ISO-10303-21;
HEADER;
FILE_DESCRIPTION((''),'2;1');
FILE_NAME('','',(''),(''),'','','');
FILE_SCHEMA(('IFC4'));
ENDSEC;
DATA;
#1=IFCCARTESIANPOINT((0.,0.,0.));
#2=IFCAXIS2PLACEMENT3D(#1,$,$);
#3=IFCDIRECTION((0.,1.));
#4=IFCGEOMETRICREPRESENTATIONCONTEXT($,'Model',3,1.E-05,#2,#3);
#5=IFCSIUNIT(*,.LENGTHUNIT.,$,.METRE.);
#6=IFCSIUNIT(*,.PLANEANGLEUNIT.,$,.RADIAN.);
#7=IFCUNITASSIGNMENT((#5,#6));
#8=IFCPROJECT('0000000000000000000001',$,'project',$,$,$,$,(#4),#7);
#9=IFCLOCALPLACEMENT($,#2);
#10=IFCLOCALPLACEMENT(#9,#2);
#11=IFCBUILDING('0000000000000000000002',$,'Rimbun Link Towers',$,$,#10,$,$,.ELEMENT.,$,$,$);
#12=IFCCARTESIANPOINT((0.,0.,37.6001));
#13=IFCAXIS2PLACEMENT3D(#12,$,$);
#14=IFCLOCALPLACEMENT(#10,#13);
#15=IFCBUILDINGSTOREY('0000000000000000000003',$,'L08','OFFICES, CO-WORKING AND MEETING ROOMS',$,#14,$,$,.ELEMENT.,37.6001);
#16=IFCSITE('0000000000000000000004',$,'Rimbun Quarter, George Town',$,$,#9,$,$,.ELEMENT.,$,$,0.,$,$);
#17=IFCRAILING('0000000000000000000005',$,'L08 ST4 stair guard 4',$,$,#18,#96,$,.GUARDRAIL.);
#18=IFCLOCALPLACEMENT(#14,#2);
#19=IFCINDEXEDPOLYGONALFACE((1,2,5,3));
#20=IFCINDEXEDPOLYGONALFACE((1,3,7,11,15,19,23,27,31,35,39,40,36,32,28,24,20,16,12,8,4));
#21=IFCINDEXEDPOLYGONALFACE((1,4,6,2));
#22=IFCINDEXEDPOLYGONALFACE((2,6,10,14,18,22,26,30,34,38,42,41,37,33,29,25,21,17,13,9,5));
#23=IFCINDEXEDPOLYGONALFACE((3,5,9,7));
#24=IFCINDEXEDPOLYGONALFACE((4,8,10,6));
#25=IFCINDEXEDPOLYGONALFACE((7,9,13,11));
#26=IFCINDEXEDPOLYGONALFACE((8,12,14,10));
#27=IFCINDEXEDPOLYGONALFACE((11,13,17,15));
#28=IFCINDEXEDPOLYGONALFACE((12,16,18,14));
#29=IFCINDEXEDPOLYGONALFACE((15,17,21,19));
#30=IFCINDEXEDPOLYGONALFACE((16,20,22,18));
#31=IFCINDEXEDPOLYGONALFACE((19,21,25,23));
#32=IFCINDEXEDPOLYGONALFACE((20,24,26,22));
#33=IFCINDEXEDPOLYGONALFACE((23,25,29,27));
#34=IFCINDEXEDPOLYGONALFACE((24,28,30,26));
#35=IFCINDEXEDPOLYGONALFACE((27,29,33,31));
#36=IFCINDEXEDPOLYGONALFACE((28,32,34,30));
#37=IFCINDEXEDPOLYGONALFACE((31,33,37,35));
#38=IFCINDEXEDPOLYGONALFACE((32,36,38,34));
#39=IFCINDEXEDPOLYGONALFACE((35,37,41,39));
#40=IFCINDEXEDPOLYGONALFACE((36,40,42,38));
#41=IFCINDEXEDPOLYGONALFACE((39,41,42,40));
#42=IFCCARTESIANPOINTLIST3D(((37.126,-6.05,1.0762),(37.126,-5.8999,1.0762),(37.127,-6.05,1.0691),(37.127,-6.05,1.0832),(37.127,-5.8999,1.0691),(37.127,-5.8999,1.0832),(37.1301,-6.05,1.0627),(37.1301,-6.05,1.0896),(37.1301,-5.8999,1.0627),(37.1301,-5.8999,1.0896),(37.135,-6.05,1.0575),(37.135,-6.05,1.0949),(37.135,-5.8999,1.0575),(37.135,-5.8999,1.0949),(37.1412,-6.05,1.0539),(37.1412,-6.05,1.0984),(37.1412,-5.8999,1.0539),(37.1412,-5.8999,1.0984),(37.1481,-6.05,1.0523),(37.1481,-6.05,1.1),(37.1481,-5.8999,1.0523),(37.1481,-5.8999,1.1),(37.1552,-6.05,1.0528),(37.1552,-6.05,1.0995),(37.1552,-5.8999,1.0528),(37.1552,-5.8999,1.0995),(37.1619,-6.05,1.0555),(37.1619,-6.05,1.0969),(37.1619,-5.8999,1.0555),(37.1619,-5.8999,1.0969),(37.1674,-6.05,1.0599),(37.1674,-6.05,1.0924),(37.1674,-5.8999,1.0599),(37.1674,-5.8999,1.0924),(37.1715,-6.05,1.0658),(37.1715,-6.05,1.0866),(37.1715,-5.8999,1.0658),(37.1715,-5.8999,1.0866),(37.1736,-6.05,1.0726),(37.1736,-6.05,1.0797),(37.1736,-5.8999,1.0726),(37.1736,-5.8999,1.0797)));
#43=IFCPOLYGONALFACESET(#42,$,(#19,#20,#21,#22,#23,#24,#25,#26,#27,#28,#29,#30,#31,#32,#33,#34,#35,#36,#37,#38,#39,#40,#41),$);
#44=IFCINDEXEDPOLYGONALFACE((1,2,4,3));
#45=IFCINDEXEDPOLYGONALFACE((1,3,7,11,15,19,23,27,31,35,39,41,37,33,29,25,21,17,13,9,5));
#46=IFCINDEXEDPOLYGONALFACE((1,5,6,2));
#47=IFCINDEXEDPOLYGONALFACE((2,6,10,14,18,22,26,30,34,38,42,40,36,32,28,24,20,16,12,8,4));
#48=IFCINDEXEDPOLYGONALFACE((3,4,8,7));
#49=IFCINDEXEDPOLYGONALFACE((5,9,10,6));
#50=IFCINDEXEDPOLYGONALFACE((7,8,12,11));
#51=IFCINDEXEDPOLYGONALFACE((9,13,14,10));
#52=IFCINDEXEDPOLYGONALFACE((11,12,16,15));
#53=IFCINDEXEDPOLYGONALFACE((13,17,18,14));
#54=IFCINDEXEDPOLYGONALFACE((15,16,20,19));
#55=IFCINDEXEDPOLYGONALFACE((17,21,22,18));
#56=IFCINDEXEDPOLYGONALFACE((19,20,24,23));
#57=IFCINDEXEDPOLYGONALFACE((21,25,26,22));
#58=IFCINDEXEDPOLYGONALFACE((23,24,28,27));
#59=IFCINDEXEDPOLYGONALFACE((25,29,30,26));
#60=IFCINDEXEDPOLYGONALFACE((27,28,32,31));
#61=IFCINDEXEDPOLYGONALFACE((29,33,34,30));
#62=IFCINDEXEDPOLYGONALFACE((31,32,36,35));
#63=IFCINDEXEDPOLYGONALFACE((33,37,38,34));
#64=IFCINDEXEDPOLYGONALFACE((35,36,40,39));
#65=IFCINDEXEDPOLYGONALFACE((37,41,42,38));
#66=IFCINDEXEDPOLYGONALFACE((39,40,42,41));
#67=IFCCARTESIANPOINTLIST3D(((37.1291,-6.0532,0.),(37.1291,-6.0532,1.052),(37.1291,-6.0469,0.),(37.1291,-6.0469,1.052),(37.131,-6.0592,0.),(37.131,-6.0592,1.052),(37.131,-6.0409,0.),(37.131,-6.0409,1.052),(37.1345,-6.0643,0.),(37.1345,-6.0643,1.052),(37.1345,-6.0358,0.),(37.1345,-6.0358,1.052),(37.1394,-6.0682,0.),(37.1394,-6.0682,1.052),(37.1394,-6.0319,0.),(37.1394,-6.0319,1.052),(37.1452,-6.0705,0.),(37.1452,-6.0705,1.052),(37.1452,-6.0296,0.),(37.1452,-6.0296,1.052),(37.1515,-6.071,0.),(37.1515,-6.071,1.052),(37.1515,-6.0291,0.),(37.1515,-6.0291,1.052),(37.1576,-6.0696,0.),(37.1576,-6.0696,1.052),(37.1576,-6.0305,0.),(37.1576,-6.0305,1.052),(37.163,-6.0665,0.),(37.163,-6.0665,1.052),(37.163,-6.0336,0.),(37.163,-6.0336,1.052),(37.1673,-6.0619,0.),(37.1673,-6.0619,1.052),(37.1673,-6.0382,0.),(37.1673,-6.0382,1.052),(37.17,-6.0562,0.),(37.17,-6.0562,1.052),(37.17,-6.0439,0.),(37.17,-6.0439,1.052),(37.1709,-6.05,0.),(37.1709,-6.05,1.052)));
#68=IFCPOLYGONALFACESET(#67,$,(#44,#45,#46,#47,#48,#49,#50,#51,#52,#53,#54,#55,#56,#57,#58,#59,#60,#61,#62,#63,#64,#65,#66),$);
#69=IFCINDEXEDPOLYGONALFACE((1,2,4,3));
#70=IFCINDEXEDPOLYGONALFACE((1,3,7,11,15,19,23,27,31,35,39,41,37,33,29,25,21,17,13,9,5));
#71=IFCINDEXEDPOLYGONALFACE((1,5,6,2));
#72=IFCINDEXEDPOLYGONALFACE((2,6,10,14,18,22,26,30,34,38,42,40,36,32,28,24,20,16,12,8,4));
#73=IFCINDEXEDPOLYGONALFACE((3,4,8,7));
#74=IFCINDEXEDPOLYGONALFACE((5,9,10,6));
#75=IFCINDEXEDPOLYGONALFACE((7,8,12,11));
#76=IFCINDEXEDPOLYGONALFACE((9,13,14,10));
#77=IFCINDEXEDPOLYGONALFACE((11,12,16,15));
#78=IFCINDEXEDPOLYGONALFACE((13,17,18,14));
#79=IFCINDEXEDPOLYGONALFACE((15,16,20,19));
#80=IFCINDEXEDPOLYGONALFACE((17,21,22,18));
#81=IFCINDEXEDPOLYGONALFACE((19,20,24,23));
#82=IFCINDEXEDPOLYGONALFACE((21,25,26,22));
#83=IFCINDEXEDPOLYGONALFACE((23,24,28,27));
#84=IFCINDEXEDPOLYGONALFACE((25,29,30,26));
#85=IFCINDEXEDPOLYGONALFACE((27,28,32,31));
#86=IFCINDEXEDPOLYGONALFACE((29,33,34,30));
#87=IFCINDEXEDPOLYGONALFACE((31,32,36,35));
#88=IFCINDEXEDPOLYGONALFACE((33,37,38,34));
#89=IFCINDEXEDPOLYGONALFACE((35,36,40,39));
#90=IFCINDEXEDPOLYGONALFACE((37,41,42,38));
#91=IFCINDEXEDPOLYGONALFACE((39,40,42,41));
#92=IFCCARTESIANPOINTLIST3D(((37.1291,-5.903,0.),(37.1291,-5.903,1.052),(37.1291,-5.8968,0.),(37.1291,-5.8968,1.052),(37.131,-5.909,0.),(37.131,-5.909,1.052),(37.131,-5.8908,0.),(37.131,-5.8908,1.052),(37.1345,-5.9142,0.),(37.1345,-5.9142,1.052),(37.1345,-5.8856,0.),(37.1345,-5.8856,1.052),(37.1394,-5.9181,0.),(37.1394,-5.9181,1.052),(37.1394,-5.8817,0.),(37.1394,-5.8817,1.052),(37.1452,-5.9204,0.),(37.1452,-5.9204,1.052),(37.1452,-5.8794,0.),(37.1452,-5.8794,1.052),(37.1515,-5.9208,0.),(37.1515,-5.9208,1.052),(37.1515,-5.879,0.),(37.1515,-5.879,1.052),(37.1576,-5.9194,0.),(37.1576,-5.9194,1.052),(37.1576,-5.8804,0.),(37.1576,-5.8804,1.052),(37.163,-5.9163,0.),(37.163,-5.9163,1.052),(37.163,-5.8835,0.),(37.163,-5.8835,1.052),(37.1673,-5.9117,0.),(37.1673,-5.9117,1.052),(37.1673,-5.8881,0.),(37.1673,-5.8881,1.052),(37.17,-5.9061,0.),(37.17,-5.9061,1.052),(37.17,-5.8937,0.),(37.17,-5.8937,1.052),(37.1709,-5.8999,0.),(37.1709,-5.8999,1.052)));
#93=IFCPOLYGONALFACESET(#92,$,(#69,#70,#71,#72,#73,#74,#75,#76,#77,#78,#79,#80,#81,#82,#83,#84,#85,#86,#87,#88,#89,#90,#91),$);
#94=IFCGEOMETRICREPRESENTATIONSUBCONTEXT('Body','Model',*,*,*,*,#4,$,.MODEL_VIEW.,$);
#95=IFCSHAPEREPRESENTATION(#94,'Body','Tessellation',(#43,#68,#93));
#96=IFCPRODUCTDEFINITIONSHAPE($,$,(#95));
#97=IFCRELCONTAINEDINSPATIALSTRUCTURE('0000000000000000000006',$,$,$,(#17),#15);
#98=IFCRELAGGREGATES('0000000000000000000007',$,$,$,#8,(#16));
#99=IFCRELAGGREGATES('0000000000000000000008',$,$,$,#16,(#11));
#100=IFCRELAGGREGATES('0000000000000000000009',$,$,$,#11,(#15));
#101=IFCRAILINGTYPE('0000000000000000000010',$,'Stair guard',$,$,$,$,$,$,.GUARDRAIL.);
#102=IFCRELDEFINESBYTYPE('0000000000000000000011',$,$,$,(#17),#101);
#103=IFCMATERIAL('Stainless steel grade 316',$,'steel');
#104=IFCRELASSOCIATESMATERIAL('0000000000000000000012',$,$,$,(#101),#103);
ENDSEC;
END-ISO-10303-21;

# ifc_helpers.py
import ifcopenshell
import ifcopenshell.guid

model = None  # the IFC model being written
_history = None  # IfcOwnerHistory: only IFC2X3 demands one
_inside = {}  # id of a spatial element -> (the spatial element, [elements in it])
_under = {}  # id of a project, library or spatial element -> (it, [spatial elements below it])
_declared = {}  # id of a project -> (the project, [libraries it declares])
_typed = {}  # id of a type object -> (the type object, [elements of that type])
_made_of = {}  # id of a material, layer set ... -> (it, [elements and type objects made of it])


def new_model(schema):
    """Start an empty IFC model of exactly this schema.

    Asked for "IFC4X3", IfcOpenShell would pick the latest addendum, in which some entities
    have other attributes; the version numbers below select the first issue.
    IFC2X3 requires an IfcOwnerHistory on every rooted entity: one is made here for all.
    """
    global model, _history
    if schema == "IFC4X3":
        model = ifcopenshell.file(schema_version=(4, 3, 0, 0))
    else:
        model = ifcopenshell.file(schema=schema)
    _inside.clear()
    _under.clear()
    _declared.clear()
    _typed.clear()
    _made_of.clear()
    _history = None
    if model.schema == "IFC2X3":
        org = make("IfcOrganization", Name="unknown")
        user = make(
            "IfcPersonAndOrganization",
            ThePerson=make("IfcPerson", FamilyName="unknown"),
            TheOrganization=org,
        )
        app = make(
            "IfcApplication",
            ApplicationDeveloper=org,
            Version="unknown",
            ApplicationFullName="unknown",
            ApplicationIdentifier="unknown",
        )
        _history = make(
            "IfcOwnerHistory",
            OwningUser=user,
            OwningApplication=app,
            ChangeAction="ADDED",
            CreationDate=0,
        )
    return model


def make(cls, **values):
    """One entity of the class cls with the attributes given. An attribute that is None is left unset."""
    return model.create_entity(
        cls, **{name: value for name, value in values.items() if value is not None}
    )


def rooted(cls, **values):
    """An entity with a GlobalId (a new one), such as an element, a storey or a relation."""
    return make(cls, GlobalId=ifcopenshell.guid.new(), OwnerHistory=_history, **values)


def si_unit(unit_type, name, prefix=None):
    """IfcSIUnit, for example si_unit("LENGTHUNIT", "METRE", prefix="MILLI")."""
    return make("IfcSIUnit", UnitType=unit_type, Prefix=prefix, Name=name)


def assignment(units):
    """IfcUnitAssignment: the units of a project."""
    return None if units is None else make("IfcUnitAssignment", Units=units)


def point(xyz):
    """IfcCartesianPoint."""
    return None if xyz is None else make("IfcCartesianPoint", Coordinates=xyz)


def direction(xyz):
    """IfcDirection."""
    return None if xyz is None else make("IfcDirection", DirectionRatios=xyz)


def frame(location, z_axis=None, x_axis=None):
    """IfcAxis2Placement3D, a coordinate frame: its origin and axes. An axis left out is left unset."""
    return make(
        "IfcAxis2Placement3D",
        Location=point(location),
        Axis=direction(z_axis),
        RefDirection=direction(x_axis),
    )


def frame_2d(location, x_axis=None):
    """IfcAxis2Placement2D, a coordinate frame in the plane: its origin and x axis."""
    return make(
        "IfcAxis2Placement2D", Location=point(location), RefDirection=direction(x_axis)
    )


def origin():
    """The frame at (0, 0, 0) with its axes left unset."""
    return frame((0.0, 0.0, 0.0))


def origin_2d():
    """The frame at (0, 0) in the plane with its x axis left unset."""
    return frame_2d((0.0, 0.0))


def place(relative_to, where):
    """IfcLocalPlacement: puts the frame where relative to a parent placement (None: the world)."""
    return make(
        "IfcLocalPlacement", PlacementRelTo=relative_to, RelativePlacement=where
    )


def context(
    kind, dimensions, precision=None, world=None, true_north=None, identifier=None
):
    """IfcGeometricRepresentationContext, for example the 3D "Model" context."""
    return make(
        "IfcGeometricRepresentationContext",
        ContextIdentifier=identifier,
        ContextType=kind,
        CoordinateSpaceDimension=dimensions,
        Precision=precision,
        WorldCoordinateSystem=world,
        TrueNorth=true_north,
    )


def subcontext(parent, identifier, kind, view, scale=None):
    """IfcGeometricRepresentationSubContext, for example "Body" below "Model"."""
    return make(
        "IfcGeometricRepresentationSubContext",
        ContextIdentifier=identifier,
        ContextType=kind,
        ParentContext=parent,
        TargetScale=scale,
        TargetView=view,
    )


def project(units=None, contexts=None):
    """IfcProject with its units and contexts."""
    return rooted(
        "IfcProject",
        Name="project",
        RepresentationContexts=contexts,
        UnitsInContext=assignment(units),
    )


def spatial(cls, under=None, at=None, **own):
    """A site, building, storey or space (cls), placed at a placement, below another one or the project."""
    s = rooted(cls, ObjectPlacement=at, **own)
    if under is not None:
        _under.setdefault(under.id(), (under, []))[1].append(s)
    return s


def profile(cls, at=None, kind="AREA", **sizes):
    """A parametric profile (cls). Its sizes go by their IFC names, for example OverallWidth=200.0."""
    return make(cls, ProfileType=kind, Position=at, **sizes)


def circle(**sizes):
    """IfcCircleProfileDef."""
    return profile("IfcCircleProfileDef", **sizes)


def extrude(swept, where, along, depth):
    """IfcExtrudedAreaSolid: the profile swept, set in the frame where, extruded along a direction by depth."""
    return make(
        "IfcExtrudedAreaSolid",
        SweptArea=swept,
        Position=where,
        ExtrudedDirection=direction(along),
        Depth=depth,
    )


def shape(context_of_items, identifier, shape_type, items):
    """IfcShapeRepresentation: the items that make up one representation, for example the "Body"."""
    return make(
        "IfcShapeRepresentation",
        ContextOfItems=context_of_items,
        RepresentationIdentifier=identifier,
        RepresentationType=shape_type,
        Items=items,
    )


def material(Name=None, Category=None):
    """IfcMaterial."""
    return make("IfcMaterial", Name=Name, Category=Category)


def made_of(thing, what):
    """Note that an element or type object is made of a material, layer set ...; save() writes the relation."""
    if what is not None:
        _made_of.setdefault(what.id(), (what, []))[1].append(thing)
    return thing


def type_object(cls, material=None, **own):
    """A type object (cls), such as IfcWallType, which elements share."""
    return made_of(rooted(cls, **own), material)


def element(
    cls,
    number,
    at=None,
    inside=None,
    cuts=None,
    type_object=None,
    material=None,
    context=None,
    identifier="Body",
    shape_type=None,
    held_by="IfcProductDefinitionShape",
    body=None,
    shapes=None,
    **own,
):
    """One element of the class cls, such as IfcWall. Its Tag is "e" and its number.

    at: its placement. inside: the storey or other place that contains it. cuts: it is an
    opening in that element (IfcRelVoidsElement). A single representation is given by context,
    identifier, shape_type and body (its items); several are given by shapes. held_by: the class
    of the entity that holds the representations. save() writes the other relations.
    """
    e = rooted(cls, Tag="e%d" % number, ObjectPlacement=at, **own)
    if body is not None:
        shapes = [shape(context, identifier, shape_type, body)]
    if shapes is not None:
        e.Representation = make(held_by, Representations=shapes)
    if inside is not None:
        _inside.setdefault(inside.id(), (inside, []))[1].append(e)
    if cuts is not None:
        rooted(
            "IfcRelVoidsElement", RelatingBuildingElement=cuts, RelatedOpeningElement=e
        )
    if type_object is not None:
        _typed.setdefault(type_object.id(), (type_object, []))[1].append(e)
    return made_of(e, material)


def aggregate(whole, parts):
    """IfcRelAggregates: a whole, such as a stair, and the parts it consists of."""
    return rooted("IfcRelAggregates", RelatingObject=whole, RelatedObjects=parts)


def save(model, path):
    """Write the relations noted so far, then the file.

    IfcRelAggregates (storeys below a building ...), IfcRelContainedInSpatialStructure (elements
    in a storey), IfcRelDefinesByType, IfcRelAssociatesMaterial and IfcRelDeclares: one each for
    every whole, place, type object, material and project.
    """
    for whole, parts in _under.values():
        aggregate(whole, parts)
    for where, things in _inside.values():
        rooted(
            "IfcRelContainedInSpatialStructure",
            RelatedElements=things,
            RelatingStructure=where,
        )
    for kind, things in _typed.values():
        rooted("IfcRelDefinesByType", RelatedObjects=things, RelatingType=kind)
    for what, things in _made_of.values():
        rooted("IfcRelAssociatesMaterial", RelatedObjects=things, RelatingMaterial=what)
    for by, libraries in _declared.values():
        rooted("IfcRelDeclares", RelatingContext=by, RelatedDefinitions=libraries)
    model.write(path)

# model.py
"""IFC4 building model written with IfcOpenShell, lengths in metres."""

from ifc_helpers import new_model, si_unit, direction, frame, origin, origin_2d, place, context, subcontext, project, spatial, circle, extrude, material, type_object, element, save


model = new_model("IFC4")

# Units and contexts
model_context = context("Model", 3, precision=1e-05, world=origin(), true_north=direction((0.0, 1.0)))
body_context = subcontext(model_context, "Body", "Model", "MODEL_VIEW")
ifc_project = project(units=[si_unit("LENGTHUNIT", "METRE"), si_unit("PLANEANGLEUNIT", "RADIAN")], contexts=[model_context])

# Site, building, storey
site_placement = place(None, origin())
site = spatial("IfcSite", under=ifc_project, at=site_placement, Name="Rimbun Quarter, George Town", CompositionType="ELEMENT", RefElevation=0.0)
building_placement = place(site_placement, origin())
building = spatial("IfcBuilding", under=site, at=building_placement, Name="Rimbun Link Towers", CompositionType="ELEMENT")
storey_placement = place(building_placement, frame((0.0, 0.0, 37.6001)))
storey = spatial("IfcBuildingStorey", under=building, at=storey_placement, Name="L08", Description="OFFICES, CO-WORKING AND MEETING ROOMS", CompositionType="ELEMENT", Elevation=37.6001)

# Railing
ifc_material_1 = material(Name="Stainless steel grade 316", Category="steel")
railing_type_1 = type_object("IfcRailingType", Name="Stair guard", PredefinedType="GUARDRAIL", material=ifc_material_1)
railing_1_placement = place(storey_placement, frame((37.1499, -6.05, 0.0)))
element("IfcRailing", 1, at=railing_1_placement, inside=storey, type_object=railing_type_1, Name="L08 ST4 stair guard 4", PredefinedType="GUARDRAIL", context=body_context, shape_type="SweptSolid", body=[
    extrude(circle(Radius=0.0239, at=origin_2d()), frame((0.0, 0.0, 1.0762), z_axis=(0.0, 1.0, 0.0), x_axis=(-1.0, 0.0, 0.0)), (0.0, 0.0, 1.0), 0.1501),
    extrude(circle(Radius=0.021, at=origin_2d()), origin(), (0.0, 0.0, 1.0), 1.052),
    extrude(circle(Radius=0.021, at=origin_2d()), frame((0.0, 0.1501, 0.0)), (0.0, 0.0, 1.0), 1.052),
])

save(model, "model.ifc")
